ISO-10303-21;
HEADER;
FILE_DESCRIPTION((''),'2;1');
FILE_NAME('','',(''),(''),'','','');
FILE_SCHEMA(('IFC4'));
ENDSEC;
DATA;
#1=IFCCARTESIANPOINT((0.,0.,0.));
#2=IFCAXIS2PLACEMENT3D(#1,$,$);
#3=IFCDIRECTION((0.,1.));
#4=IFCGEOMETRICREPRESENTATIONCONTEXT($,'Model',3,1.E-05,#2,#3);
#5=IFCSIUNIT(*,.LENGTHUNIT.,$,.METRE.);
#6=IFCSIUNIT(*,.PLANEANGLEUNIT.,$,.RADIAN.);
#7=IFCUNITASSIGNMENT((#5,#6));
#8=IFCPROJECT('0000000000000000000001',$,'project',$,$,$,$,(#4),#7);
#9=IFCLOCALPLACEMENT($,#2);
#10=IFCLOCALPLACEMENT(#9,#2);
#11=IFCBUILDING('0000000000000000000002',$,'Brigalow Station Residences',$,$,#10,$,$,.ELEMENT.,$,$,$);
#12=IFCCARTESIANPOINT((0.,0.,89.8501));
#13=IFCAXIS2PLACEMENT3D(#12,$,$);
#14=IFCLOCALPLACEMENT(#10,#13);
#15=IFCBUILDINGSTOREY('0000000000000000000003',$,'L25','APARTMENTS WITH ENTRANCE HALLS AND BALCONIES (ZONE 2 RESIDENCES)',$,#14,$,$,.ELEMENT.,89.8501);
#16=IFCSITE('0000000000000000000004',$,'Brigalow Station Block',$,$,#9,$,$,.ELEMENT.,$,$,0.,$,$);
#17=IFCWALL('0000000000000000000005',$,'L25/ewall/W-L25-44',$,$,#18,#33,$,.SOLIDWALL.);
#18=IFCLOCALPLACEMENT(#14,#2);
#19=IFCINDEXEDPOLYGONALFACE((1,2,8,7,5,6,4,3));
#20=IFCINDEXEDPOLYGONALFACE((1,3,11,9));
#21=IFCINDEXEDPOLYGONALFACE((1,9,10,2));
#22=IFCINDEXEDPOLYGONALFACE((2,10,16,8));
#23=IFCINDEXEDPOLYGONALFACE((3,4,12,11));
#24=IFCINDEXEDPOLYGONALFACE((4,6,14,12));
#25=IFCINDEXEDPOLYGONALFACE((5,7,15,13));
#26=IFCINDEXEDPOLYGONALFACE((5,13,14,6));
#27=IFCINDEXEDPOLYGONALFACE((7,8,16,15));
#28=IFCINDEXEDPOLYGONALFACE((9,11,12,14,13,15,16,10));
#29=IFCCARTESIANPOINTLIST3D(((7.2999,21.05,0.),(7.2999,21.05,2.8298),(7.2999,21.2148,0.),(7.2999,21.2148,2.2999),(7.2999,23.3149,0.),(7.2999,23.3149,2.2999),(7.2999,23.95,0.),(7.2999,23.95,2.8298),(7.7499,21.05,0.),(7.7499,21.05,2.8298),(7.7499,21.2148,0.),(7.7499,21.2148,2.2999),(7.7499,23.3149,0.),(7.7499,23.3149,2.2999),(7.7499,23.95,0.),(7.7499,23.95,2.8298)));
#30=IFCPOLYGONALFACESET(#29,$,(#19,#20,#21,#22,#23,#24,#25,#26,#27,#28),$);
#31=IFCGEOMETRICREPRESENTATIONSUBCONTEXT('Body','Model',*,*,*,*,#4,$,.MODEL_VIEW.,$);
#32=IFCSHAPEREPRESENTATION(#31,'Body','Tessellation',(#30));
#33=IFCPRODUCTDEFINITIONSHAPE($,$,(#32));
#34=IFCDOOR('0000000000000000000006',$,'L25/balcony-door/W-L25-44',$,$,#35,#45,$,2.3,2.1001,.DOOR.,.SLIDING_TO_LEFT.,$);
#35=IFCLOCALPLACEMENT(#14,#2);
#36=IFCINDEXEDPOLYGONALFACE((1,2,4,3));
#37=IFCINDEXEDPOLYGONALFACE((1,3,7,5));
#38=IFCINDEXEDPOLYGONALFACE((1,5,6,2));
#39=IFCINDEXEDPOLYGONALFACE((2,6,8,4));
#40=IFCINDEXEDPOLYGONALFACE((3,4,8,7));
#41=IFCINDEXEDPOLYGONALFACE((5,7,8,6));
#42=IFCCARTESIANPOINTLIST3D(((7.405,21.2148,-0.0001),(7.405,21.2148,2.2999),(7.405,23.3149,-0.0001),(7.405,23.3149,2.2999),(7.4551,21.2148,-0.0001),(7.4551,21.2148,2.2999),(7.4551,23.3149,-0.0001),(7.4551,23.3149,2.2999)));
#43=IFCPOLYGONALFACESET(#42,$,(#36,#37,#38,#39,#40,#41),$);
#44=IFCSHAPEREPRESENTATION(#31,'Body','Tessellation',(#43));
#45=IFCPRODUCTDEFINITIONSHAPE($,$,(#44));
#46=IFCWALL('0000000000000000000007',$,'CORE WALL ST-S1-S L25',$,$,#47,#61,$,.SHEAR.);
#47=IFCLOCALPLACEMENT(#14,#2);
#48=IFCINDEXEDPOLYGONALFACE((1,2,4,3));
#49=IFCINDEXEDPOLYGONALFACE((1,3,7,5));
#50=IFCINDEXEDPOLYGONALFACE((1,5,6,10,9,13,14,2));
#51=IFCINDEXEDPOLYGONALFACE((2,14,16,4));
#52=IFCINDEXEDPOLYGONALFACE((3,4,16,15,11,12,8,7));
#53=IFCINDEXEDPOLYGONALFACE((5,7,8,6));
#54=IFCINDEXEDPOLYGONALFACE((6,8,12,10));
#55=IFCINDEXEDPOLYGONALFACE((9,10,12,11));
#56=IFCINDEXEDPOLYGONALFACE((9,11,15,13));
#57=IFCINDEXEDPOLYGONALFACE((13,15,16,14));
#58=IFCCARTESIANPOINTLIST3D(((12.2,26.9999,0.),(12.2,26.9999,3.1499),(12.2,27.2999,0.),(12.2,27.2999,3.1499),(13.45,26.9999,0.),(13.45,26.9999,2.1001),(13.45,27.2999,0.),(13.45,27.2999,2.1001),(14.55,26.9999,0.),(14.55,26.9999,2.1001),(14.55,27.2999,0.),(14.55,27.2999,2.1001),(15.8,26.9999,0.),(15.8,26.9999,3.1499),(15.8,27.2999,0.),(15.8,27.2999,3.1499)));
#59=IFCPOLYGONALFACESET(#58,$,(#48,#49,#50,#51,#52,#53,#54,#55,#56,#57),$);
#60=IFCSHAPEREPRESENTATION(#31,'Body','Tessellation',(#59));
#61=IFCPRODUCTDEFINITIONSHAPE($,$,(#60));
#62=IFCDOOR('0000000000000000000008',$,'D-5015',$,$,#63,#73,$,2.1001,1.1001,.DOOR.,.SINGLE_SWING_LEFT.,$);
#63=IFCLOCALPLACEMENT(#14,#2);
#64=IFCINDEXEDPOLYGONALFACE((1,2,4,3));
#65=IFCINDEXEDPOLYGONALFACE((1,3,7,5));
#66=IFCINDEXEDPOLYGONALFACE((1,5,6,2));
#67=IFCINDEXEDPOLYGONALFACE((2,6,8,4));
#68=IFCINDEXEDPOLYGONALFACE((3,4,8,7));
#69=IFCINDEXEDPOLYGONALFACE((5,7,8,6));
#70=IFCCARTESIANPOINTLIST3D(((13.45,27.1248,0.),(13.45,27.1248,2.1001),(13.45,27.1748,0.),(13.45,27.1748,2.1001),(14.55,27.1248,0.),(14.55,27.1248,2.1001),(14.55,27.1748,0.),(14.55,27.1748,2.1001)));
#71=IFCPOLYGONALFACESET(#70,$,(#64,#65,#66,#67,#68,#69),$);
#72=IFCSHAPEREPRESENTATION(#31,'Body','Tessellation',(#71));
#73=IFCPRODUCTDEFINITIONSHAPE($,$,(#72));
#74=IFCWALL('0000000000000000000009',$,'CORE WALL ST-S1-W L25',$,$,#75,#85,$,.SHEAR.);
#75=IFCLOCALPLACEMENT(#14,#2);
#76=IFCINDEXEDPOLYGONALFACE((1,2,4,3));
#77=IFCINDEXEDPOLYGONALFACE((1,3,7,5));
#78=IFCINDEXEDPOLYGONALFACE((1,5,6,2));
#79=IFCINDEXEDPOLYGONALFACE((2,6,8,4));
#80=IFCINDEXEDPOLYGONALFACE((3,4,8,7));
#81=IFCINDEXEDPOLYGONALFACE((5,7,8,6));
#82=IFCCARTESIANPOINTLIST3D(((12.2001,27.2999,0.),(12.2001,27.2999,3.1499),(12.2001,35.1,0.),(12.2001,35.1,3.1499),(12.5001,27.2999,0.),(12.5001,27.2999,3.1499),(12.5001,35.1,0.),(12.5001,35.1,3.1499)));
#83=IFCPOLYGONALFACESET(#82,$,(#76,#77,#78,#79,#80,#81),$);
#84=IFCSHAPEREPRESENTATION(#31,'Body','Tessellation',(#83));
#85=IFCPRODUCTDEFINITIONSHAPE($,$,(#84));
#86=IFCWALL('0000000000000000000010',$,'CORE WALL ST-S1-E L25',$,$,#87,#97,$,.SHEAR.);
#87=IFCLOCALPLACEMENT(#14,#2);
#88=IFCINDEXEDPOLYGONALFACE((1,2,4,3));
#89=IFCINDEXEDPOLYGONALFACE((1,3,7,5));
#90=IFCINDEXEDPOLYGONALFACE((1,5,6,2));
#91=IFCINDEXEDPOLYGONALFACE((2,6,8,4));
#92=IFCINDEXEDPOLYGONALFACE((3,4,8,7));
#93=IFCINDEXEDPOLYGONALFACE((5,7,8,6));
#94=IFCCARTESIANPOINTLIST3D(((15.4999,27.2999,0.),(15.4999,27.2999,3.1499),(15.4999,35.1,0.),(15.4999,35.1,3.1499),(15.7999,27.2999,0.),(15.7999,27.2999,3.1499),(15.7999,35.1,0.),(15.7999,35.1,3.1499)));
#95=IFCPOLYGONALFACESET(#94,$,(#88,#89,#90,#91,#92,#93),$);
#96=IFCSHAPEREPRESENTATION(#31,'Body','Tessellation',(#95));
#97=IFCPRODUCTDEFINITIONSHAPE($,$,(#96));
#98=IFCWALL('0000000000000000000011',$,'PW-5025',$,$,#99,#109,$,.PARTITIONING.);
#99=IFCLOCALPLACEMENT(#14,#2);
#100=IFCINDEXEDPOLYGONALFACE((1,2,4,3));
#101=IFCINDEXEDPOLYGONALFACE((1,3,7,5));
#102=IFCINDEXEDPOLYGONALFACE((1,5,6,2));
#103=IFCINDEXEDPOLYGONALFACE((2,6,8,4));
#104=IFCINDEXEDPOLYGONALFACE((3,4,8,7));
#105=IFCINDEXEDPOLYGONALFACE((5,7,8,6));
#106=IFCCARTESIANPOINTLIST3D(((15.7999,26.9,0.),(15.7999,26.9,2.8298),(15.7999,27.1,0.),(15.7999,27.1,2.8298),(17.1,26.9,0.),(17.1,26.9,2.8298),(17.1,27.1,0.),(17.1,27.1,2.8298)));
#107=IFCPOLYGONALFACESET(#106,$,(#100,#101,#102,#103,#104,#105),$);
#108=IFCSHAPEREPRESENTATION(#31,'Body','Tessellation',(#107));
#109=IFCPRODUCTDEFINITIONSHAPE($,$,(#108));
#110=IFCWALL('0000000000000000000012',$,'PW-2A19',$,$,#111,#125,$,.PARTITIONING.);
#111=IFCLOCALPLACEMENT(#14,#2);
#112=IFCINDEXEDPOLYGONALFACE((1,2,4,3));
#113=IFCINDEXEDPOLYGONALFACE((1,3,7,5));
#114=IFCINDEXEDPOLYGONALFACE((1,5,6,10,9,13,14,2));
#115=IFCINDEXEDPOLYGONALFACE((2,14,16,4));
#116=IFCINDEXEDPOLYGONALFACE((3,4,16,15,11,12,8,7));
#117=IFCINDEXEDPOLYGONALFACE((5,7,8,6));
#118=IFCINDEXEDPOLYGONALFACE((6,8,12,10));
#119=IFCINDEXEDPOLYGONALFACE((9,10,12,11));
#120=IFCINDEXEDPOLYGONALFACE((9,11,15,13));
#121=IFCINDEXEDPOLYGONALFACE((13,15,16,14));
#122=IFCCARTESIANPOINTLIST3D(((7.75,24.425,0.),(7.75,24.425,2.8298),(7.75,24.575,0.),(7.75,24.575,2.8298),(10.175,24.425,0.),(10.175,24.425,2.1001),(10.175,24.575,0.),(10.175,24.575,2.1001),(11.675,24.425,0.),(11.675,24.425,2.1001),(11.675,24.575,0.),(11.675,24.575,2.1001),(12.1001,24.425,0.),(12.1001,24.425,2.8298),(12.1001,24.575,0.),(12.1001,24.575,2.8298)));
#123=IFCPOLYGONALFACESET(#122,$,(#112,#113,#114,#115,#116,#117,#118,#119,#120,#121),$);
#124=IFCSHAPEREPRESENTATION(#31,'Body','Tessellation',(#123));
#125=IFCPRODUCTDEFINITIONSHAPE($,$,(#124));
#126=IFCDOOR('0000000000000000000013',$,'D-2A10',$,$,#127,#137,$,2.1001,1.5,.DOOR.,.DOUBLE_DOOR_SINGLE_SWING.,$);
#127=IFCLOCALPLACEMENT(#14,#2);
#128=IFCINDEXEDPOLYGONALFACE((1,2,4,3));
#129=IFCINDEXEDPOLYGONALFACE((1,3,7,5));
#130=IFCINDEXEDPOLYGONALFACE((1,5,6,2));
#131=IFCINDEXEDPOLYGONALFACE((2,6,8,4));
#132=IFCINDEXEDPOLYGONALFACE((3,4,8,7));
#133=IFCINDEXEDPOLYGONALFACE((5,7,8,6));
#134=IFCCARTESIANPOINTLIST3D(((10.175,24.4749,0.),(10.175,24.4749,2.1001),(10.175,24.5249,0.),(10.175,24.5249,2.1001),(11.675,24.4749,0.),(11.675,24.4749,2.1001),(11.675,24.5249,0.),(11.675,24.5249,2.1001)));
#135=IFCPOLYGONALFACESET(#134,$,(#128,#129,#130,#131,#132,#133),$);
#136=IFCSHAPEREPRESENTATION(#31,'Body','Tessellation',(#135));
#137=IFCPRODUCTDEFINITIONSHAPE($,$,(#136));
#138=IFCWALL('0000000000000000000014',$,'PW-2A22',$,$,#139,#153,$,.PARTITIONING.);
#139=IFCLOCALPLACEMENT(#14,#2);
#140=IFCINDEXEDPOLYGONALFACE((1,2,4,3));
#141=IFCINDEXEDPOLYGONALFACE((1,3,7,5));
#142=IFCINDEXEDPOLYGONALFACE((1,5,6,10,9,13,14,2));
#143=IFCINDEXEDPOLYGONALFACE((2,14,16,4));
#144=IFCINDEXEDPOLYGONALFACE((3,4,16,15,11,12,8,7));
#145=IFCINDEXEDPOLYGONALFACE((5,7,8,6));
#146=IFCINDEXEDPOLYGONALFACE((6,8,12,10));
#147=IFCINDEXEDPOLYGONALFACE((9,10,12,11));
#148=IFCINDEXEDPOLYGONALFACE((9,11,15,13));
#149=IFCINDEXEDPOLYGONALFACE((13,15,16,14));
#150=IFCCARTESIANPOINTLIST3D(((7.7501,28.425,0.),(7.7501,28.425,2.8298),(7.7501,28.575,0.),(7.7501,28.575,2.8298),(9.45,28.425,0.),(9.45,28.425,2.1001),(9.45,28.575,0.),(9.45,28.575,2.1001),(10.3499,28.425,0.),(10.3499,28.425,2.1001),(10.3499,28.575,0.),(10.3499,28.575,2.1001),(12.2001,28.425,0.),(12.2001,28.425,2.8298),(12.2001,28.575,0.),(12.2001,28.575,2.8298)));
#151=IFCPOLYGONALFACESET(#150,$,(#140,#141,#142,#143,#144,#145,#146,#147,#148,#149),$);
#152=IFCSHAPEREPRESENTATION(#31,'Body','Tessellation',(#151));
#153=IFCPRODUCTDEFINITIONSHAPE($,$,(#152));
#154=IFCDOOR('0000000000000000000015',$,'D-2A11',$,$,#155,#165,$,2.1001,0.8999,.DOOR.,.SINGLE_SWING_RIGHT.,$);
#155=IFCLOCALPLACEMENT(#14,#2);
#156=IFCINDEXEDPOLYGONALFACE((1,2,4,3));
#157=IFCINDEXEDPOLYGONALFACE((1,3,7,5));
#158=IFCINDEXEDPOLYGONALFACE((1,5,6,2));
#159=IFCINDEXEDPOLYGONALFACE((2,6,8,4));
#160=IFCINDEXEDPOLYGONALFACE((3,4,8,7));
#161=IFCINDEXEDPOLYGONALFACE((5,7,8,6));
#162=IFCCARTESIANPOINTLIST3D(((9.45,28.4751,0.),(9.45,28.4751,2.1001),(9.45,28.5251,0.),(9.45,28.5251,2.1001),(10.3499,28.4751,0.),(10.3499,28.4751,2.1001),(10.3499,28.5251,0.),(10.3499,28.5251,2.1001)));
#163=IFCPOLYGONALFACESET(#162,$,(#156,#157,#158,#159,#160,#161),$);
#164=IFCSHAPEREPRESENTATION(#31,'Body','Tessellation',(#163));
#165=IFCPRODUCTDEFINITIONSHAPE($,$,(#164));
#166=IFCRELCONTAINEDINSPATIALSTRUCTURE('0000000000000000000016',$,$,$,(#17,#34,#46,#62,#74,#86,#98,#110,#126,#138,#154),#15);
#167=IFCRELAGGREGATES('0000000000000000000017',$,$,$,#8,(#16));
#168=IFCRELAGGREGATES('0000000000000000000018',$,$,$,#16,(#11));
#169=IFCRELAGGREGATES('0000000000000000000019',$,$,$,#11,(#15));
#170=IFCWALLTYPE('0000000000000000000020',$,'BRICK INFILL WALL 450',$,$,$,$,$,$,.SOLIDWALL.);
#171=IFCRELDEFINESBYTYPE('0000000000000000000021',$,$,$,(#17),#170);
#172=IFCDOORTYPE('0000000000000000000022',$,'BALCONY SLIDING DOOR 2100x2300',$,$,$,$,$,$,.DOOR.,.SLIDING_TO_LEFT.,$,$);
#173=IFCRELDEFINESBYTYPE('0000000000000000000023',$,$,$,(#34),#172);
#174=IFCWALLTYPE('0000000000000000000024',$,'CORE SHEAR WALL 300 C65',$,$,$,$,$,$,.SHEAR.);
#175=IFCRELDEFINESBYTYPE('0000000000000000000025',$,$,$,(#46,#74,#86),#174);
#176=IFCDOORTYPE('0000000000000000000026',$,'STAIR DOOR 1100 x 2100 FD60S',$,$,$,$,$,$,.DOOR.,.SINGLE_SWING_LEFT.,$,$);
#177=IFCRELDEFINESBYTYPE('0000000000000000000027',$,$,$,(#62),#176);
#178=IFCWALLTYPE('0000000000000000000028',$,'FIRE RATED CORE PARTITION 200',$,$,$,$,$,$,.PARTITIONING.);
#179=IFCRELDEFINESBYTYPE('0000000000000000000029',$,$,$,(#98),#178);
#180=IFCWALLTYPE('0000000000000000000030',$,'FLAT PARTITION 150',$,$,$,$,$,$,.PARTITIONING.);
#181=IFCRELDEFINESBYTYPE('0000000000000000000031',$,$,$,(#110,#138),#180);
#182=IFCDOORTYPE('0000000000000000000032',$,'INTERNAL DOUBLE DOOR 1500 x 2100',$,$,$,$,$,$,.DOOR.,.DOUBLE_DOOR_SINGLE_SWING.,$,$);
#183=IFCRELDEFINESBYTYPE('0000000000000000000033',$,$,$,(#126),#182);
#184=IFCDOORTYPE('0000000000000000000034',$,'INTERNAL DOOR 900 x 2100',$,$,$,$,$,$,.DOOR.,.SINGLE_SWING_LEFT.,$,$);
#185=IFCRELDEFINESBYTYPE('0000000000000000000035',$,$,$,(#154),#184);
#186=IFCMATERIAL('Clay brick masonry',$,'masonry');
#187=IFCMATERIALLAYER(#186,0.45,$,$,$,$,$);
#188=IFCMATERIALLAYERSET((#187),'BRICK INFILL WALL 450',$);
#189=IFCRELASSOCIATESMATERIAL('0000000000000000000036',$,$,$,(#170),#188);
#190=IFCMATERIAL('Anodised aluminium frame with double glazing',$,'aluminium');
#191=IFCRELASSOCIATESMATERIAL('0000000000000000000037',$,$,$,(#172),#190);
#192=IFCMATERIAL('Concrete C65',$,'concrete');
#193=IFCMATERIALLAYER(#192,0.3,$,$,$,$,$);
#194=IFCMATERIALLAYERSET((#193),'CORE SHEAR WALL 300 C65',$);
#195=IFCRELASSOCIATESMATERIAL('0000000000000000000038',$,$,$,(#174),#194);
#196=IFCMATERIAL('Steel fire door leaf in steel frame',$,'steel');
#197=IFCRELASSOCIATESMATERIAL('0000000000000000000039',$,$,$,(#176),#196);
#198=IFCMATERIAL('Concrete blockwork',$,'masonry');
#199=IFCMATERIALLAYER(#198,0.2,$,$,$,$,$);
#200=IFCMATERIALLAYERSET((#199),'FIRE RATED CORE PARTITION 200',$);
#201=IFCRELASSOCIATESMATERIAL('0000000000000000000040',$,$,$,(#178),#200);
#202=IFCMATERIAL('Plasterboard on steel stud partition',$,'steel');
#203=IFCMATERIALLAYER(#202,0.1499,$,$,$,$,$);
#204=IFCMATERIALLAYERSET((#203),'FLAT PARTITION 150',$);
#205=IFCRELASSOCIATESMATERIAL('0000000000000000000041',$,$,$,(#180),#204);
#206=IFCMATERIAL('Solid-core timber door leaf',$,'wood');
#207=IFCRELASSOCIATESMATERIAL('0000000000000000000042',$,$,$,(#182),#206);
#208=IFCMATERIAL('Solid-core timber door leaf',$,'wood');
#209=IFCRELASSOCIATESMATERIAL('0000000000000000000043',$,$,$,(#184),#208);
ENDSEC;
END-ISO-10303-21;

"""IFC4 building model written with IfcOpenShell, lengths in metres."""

from ifc_helpers import new_model, si_unit, direction, frame, frame_2d, origin, place, context, subcontext, project, spatial, rectangle, extrude, material, layer, layer_set, type_object, element, fill, save


model = new_model("IFC4")

# Units and contexts
model_context = context("Model", 3, precision=1e-05, world=origin(), true_north=direction((0.0, 1.0)))
body_context = subcontext(model_context, "Body", "Model", "MODEL_VIEW")
ifc_project = project(units=[si_unit("LENGTHUNIT", "METRE"), si_unit("PLANEANGLEUNIT", "RADIAN")], contexts=[model_context])

# Site, building, storey
site_placement = place(None, origin())
site = spatial("IfcSite", under=ifc_project, at=site_placement, Name="Brigalow Station Block", CompositionType="ELEMENT", RefElevation=0.0)
building_placement = place(site_placement, origin())
building = spatial("IfcBuilding", under=site, at=building_placement, Name="Brigalow Station Residences", CompositionType="ELEMENT")
storey_placement = place(building_placement, frame((0.0, 0.0, 89.8501)))
storey = spatial("IfcBuildingStorey", under=building, at=storey_placement, Name="L25", Description="APARTMENTS WITH ENTRANCE HALLS AND BALCONIES (ZONE 2 RESIDENCES)", CompositionType="ELEMENT", Elevation=89.8501)

# Shared definitions
ifc_material_1 = material(Name="Clay brick masonry", Category="masonry")
ifc_layer_1 = layer(ifc_material_1, 0.45)
ifc_layer_set_1 = layer_set([ifc_layer_1], Name="BRICK INFILL WALL 450")
wall_type_1 = type_object("IfcWallType", Name="BRICK INFILL WALL 450", PredefinedType="SOLIDWALL", material=ifc_layer_set_1)

# Walls, openings, doors
wall_1_placement = place(storey_placement, frame((7.5249, 23.95, 0.0), z_axis=(0.0, 0.0, 1.0), x_axis=(0.0, -1.0, 0.0)))
wall_1 = element("IfcWall", 1, at=wall_1_placement, inside=storey, type_object=wall_type_1, Name="L25/ewall/W-L25-44", PredefinedType="SOLIDWALL", context=body_context, shape_type="SweptSolid", body=[
    extrude(rectangle(XDim=2.8999, YDim=0.45, at=frame_2d((1.45, 0.0))), origin(), (0.0, 0.0, 1.0), 2.8298),
])
opening_1_placement = place(wall_1_placement, frame((0.635, 0.0, 0.0)))
opening_1 = element("IfcOpeningElement", 2, at=opening_1_placement, cuts=wall_1, PredefinedType="OPENING", context=body_context, shape_type="SweptSolid", body=[
    extrude(rectangle(XDim=2.1001, YDim=2.3, at=frame_2d((1.05, 1.1499))), frame((0.0, 0.2349, 0.0), z_axis=(0.0, -1.0, 0.0), x_axis=(1.0, 0.0, 0.0)), (0.0, 0.0, 1.0), 0.47),
])
ifc_material_2 = material(Name="Anodised aluminium frame with double glazing", Category="aluminium")
door_type_1 = type_object("IfcDoorType", Name="BALCONY SLIDING DOOR 2100x2300", OperationType="SLIDING_TO_LEFT", PredefinedType="DOOR", material=ifc_material_2)
door_1_placement = place(opening_1_placement, origin())
door_1 = element("IfcDoor", 3, at=door_1_placement, inside=storey, type_object=door_type_1, Name="L25/balcony-door/W-L25-44", OperationType="SLIDING_TO_LEFT", OverallHeight=2.3, OverallWidth=2.1001, PredefinedType="DOOR", context=body_context, shape_type="SweptSolid", body=[
    extrude(rectangle(XDim=2.1001, YDim=2.3, at=frame_2d((1.05, 1.1499))), frame((0.0, -0.0698, 0.0), z_axis=(0.0, -1.0, 0.0), x_axis=(1.0, 0.0, 0.0)), (0.0, 0.0, 1.0), 0.05),
])
fill(opening_1, door_1)
ifc_material_3 = material(Name="Concrete C65", Category="concrete")
ifc_layer_2 = layer(ifc_material_3, 0.3)
ifc_layer_set_2 = layer_set([ifc_layer_2], Name="CORE SHEAR WALL 300 C65")
wall_type_2 = type_object("IfcWallType", Name="CORE SHEAR WALL 300 C65", PredefinedType="SHEAR", material=ifc_layer_set_2)
wall_2_placement = place(storey_placement, frame((12.2, 27.1499, 0.0), z_axis=(0.0, 0.0, 1.0), x_axis=(1.0, 0.0, 0.0)))
wall_2 = element("IfcWall", 4, at=wall_2_placement, inside=storey, type_object=wall_type_2, Name="CORE WALL ST-S1-S L25", PredefinedType="SHEAR", context=body_context, shape_type="SweptSolid", body=[
    extrude(rectangle(XDim=3.6001, YDim=0.3, at=frame_2d((1.8, 0.0))), origin(), (0.0, 0.0, 1.0), 3.1499),
])
opening_2_placement = place(wall_2_placement, frame((1.25, 0.0, 0.0)))
opening_2 = element("IfcOpeningElement", 5, at=opening_2_placement, cuts=wall_2, PredefinedType="OPENING", context=body_context, shape_type="SweptSolid", body=[
    extrude(rectangle(XDim=1.1001, YDim=2.1001, at=frame_2d((0.55, 1.05))), frame((0.0, 0.1602, 0.0), z_axis=(0.0, -1.0, 0.0), x_axis=(1.0, 0.0, 0.0)), (0.0, 0.0, 1.0), 0.3201),
])
ifc_material_4 = material(Name="Steel fire door leaf in steel frame", Category="steel")
door_type_2 = type_object("IfcDoorType", Name="STAIR DOOR 1100 x 2100 FD60S", OperationType="SINGLE_SWING_LEFT", PredefinedType="DOOR", material=ifc_material_4)
door_2_placement = place(opening_2_placement, origin())
door_2 = element("IfcDoor", 6, at=door_2_placement, inside=storey, type_object=door_type_2, Name="D-5015", OperationType="SINGLE_SWING_LEFT", OverallHeight=2.1001, OverallWidth=1.1001, PredefinedType="DOOR", context=body_context, shape_type="SweptSolid", body=[
    extrude(rectangle(XDim=1.1001, YDim=2.1001, at=frame_2d((0.55, 1.05))), frame((0.0, 0.0249, 0.0), z_axis=(0.0, -1.0, 0.0), x_axis=(1.0, 0.0, 0.0)), (0.0, 0.0, 1.0), 0.05),
])
fill(opening_2, door_2)

# Walls
for number, where, z_axis, x_axis, name in (
    (7, (12.3501, 27.3, 0.0), (0.0, 0.0, 1.0), (0.0, 1.0, 0.0), "CORE WALL ST-S1-W L25"),
    (8, (15.6499, 27.3, 0.0), (0.0, 0.0, 1.0), (0.0, 1.0, 0.0), "CORE WALL ST-S1-E L25"),
):
    element("IfcWall", number, at=place(storey_placement, frame(where, z_axis=z_axis, x_axis=x_axis)), inside=storey, type_object=wall_type_2, Name=name, PredefinedType="SHEAR", context=body_context, shape_type="SweptSolid", body=[
        extrude(rectangle(XDim=7.8, YDim=0.3, at=frame_2d((3.8999, 0.0))), origin(), (0.0, 0.0, 1.0), 3.1499),
    ])
ifc_material_5 = material(Name="Concrete blockwork", Category="masonry")
ifc_layer_3 = layer(ifc_material_5, 0.2)
ifc_layer_set_3 = layer_set([ifc_layer_3], Name="FIRE RATED CORE PARTITION 200")
wall_type_3 = type_object("IfcWallType", Name="FIRE RATED CORE PARTITION 200", PredefinedType="PARTITIONING", material=ifc_layer_set_3)
wall_3_placement = place(storey_placement, frame((15.8, 27.0, 0.0), z_axis=(0.0, 0.0, 1.0), x_axis=(1.0, 0.0, 0.0)))
element("IfcWall", 9, at=wall_3_placement, inside=storey, type_object=wall_type_3, Name="PW-5025", PredefinedType="PARTITIONING", context=body_context, shape_type="SweptSolid", body=[
    extrude(rectangle(XDim=1.3, YDim=0.2, at=frame_2d((0.6499, 0.0))), origin(), (0.0, 0.0, 1.0), 2.8298),
])

# Walls, openings, doors
ifc_material_6 = material(Name="Plasterboard on steel stud partition", Category="steel")
ifc_layer_4 = layer(ifc_material_6, 0.1499)
ifc_layer_set_4 = layer_set([ifc_layer_4], Name="FLAT PARTITION 150")
wall_type_4 = type_object("IfcWallType", Name="FLAT PARTITION 150", PredefinedType="PARTITIONING", material=ifc_layer_set_4)
wall_4_placement = place(storey_placement, frame((7.75, 24.5, 0.0), z_axis=(0.0, 0.0, 1.0), x_axis=(1.0, 0.0, 0.0)))
wall_4 = element("IfcWall", 10, at=wall_4_placement, inside=storey, type_object=wall_type_4, Name="PW-2A19", PredefinedType="PARTITIONING", context=body_context, shape_type="SweptSolid", body=[
    extrude(rectangle(XDim=4.3501, YDim=0.1499, at=frame_2d((2.175, 0.0))), origin(), (0.0, 0.0, 1.0), 2.8298),
])
opening_3_placement = place(wall_4_placement, frame((2.425, 0.0, 0.0)))
opening_3 = element("IfcOpeningElement", 11, at=opening_3_placement, cuts=wall_4, PredefinedType="OPENING", context=body_context, shape_type="SweptSolid", body=[
    extrude(rectangle(XDim=1.5, YDim=2.1001, at=frame_2d((0.75, 1.05))), frame((0.0, 0.085, 0.0), z_axis=(0.0, -1.0, 0.0), x_axis=(1.0, 0.0, 0.0)), (0.0, 0.0, 1.0), 0.1699),
])
ifc_material_7 = material(Name="Solid-core timber door leaf", Category="wood")
door_type_3 = type_object("IfcDoorType", Name="INTERNAL DOUBLE DOOR 1500 x 2100", OperationType="DOUBLE_DOOR_SINGLE_SWING", PredefinedType="DOOR", material=ifc_material_7)
door_3_placement = place(opening_3_placement, origin())
door_3 = element("IfcDoor", 12, at=door_3_placement, inside=storey, type_object=door_type_3, Name="D-2A10", OperationType="DOUBLE_DOOR_SINGLE_SWING", OverallHeight=2.1001, OverallWidth=1.5, PredefinedType="DOOR", context=body_context, shape_type="SweptSolid", body=[
    extrude(rectangle(XDim=1.5, YDim=2.1001, at=frame_2d((0.75, 1.05))), frame((0.0, 0.0249, 0.0), z_axis=(0.0, -1.0, 0.0), x_axis=(1.0, 0.0, 0.0)), (0.0, 0.0, 1.0), 0.05),
])
fill(opening_3, door_3)
wall_5_placement = place(storey_placement, frame((7.75, 28.5, 0.0), z_axis=(0.0, 0.0, 1.0), x_axis=(1.0, 0.0, 0.0)))
wall_5 = element("IfcWall", 13, at=wall_5_placement, inside=storey, type_object=wall_type_4, Name="PW-2A22", PredefinedType="PARTITIONING", context=body_context, shape_type="SweptSolid", body=[
    extrude(rectangle(XDim=4.45, YDim=0.1499, at=frame_2d((2.2251, 0.0))), origin(), (0.0, 0.0, 1.0), 2.8298),
])
opening_4_placement = place(wall_5_placement, frame((1.7, 0.0, 0.0)))
opening_4 = element("IfcOpeningElement", 14, at=opening_4_placement, cuts=wall_5, PredefinedType="OPENING", context=body_context, shape_type="SweptSolid", body=[
    extrude(rectangle(XDim=0.8999, YDim=2.1001, at=frame_2d((0.45, 1.05))), frame((0.0, 0.085, 0.0), z_axis=(0.0, -1.0, 0.0), x_axis=(1.0, 0.0, 0.0)), (0.0, 0.0, 1.0), 0.1699),
])
ifc_material_8 = material(Name="Solid-core timber door leaf", Category="wood")
door_type_4 = type_object("IfcDoorType", Name="INTERNAL DOOR 900 x 2100", OperationType="SINGLE_SWING_LEFT", PredefinedType="DOOR", material=ifc_material_8)
door_4_placement = place(opening_4_placement, frame((0.8999, 0.0, 0.0), z_axis=(0.0, 0.0, 1.0), x_axis=(-1.0, 0.0, 0.0)))
door_4 = element("IfcDoor", 15, at=door_4_placement, inside=storey, type_object=door_type_4, Name="D-2A11", OperationType="SINGLE_SWING_RIGHT", OverallHeight=2.1001, OverallWidth=0.8999, PredefinedType="DOOR", context=body_context, shape_type="SweptSolid", body=[
    extrude(rectangle(XDim=0.8999, YDim=2.1001, at=frame_2d((0.45, 1.05))), frame((0.0, 0.0249, 0.0), z_axis=(0.0, -1.0, 0.0), x_axis=(1.0, 0.0, 0.0)), (0.0, 0.0, 1.0), 0.05),
])
fill(opening_4, door_4)

save(model, "model.ifc")
